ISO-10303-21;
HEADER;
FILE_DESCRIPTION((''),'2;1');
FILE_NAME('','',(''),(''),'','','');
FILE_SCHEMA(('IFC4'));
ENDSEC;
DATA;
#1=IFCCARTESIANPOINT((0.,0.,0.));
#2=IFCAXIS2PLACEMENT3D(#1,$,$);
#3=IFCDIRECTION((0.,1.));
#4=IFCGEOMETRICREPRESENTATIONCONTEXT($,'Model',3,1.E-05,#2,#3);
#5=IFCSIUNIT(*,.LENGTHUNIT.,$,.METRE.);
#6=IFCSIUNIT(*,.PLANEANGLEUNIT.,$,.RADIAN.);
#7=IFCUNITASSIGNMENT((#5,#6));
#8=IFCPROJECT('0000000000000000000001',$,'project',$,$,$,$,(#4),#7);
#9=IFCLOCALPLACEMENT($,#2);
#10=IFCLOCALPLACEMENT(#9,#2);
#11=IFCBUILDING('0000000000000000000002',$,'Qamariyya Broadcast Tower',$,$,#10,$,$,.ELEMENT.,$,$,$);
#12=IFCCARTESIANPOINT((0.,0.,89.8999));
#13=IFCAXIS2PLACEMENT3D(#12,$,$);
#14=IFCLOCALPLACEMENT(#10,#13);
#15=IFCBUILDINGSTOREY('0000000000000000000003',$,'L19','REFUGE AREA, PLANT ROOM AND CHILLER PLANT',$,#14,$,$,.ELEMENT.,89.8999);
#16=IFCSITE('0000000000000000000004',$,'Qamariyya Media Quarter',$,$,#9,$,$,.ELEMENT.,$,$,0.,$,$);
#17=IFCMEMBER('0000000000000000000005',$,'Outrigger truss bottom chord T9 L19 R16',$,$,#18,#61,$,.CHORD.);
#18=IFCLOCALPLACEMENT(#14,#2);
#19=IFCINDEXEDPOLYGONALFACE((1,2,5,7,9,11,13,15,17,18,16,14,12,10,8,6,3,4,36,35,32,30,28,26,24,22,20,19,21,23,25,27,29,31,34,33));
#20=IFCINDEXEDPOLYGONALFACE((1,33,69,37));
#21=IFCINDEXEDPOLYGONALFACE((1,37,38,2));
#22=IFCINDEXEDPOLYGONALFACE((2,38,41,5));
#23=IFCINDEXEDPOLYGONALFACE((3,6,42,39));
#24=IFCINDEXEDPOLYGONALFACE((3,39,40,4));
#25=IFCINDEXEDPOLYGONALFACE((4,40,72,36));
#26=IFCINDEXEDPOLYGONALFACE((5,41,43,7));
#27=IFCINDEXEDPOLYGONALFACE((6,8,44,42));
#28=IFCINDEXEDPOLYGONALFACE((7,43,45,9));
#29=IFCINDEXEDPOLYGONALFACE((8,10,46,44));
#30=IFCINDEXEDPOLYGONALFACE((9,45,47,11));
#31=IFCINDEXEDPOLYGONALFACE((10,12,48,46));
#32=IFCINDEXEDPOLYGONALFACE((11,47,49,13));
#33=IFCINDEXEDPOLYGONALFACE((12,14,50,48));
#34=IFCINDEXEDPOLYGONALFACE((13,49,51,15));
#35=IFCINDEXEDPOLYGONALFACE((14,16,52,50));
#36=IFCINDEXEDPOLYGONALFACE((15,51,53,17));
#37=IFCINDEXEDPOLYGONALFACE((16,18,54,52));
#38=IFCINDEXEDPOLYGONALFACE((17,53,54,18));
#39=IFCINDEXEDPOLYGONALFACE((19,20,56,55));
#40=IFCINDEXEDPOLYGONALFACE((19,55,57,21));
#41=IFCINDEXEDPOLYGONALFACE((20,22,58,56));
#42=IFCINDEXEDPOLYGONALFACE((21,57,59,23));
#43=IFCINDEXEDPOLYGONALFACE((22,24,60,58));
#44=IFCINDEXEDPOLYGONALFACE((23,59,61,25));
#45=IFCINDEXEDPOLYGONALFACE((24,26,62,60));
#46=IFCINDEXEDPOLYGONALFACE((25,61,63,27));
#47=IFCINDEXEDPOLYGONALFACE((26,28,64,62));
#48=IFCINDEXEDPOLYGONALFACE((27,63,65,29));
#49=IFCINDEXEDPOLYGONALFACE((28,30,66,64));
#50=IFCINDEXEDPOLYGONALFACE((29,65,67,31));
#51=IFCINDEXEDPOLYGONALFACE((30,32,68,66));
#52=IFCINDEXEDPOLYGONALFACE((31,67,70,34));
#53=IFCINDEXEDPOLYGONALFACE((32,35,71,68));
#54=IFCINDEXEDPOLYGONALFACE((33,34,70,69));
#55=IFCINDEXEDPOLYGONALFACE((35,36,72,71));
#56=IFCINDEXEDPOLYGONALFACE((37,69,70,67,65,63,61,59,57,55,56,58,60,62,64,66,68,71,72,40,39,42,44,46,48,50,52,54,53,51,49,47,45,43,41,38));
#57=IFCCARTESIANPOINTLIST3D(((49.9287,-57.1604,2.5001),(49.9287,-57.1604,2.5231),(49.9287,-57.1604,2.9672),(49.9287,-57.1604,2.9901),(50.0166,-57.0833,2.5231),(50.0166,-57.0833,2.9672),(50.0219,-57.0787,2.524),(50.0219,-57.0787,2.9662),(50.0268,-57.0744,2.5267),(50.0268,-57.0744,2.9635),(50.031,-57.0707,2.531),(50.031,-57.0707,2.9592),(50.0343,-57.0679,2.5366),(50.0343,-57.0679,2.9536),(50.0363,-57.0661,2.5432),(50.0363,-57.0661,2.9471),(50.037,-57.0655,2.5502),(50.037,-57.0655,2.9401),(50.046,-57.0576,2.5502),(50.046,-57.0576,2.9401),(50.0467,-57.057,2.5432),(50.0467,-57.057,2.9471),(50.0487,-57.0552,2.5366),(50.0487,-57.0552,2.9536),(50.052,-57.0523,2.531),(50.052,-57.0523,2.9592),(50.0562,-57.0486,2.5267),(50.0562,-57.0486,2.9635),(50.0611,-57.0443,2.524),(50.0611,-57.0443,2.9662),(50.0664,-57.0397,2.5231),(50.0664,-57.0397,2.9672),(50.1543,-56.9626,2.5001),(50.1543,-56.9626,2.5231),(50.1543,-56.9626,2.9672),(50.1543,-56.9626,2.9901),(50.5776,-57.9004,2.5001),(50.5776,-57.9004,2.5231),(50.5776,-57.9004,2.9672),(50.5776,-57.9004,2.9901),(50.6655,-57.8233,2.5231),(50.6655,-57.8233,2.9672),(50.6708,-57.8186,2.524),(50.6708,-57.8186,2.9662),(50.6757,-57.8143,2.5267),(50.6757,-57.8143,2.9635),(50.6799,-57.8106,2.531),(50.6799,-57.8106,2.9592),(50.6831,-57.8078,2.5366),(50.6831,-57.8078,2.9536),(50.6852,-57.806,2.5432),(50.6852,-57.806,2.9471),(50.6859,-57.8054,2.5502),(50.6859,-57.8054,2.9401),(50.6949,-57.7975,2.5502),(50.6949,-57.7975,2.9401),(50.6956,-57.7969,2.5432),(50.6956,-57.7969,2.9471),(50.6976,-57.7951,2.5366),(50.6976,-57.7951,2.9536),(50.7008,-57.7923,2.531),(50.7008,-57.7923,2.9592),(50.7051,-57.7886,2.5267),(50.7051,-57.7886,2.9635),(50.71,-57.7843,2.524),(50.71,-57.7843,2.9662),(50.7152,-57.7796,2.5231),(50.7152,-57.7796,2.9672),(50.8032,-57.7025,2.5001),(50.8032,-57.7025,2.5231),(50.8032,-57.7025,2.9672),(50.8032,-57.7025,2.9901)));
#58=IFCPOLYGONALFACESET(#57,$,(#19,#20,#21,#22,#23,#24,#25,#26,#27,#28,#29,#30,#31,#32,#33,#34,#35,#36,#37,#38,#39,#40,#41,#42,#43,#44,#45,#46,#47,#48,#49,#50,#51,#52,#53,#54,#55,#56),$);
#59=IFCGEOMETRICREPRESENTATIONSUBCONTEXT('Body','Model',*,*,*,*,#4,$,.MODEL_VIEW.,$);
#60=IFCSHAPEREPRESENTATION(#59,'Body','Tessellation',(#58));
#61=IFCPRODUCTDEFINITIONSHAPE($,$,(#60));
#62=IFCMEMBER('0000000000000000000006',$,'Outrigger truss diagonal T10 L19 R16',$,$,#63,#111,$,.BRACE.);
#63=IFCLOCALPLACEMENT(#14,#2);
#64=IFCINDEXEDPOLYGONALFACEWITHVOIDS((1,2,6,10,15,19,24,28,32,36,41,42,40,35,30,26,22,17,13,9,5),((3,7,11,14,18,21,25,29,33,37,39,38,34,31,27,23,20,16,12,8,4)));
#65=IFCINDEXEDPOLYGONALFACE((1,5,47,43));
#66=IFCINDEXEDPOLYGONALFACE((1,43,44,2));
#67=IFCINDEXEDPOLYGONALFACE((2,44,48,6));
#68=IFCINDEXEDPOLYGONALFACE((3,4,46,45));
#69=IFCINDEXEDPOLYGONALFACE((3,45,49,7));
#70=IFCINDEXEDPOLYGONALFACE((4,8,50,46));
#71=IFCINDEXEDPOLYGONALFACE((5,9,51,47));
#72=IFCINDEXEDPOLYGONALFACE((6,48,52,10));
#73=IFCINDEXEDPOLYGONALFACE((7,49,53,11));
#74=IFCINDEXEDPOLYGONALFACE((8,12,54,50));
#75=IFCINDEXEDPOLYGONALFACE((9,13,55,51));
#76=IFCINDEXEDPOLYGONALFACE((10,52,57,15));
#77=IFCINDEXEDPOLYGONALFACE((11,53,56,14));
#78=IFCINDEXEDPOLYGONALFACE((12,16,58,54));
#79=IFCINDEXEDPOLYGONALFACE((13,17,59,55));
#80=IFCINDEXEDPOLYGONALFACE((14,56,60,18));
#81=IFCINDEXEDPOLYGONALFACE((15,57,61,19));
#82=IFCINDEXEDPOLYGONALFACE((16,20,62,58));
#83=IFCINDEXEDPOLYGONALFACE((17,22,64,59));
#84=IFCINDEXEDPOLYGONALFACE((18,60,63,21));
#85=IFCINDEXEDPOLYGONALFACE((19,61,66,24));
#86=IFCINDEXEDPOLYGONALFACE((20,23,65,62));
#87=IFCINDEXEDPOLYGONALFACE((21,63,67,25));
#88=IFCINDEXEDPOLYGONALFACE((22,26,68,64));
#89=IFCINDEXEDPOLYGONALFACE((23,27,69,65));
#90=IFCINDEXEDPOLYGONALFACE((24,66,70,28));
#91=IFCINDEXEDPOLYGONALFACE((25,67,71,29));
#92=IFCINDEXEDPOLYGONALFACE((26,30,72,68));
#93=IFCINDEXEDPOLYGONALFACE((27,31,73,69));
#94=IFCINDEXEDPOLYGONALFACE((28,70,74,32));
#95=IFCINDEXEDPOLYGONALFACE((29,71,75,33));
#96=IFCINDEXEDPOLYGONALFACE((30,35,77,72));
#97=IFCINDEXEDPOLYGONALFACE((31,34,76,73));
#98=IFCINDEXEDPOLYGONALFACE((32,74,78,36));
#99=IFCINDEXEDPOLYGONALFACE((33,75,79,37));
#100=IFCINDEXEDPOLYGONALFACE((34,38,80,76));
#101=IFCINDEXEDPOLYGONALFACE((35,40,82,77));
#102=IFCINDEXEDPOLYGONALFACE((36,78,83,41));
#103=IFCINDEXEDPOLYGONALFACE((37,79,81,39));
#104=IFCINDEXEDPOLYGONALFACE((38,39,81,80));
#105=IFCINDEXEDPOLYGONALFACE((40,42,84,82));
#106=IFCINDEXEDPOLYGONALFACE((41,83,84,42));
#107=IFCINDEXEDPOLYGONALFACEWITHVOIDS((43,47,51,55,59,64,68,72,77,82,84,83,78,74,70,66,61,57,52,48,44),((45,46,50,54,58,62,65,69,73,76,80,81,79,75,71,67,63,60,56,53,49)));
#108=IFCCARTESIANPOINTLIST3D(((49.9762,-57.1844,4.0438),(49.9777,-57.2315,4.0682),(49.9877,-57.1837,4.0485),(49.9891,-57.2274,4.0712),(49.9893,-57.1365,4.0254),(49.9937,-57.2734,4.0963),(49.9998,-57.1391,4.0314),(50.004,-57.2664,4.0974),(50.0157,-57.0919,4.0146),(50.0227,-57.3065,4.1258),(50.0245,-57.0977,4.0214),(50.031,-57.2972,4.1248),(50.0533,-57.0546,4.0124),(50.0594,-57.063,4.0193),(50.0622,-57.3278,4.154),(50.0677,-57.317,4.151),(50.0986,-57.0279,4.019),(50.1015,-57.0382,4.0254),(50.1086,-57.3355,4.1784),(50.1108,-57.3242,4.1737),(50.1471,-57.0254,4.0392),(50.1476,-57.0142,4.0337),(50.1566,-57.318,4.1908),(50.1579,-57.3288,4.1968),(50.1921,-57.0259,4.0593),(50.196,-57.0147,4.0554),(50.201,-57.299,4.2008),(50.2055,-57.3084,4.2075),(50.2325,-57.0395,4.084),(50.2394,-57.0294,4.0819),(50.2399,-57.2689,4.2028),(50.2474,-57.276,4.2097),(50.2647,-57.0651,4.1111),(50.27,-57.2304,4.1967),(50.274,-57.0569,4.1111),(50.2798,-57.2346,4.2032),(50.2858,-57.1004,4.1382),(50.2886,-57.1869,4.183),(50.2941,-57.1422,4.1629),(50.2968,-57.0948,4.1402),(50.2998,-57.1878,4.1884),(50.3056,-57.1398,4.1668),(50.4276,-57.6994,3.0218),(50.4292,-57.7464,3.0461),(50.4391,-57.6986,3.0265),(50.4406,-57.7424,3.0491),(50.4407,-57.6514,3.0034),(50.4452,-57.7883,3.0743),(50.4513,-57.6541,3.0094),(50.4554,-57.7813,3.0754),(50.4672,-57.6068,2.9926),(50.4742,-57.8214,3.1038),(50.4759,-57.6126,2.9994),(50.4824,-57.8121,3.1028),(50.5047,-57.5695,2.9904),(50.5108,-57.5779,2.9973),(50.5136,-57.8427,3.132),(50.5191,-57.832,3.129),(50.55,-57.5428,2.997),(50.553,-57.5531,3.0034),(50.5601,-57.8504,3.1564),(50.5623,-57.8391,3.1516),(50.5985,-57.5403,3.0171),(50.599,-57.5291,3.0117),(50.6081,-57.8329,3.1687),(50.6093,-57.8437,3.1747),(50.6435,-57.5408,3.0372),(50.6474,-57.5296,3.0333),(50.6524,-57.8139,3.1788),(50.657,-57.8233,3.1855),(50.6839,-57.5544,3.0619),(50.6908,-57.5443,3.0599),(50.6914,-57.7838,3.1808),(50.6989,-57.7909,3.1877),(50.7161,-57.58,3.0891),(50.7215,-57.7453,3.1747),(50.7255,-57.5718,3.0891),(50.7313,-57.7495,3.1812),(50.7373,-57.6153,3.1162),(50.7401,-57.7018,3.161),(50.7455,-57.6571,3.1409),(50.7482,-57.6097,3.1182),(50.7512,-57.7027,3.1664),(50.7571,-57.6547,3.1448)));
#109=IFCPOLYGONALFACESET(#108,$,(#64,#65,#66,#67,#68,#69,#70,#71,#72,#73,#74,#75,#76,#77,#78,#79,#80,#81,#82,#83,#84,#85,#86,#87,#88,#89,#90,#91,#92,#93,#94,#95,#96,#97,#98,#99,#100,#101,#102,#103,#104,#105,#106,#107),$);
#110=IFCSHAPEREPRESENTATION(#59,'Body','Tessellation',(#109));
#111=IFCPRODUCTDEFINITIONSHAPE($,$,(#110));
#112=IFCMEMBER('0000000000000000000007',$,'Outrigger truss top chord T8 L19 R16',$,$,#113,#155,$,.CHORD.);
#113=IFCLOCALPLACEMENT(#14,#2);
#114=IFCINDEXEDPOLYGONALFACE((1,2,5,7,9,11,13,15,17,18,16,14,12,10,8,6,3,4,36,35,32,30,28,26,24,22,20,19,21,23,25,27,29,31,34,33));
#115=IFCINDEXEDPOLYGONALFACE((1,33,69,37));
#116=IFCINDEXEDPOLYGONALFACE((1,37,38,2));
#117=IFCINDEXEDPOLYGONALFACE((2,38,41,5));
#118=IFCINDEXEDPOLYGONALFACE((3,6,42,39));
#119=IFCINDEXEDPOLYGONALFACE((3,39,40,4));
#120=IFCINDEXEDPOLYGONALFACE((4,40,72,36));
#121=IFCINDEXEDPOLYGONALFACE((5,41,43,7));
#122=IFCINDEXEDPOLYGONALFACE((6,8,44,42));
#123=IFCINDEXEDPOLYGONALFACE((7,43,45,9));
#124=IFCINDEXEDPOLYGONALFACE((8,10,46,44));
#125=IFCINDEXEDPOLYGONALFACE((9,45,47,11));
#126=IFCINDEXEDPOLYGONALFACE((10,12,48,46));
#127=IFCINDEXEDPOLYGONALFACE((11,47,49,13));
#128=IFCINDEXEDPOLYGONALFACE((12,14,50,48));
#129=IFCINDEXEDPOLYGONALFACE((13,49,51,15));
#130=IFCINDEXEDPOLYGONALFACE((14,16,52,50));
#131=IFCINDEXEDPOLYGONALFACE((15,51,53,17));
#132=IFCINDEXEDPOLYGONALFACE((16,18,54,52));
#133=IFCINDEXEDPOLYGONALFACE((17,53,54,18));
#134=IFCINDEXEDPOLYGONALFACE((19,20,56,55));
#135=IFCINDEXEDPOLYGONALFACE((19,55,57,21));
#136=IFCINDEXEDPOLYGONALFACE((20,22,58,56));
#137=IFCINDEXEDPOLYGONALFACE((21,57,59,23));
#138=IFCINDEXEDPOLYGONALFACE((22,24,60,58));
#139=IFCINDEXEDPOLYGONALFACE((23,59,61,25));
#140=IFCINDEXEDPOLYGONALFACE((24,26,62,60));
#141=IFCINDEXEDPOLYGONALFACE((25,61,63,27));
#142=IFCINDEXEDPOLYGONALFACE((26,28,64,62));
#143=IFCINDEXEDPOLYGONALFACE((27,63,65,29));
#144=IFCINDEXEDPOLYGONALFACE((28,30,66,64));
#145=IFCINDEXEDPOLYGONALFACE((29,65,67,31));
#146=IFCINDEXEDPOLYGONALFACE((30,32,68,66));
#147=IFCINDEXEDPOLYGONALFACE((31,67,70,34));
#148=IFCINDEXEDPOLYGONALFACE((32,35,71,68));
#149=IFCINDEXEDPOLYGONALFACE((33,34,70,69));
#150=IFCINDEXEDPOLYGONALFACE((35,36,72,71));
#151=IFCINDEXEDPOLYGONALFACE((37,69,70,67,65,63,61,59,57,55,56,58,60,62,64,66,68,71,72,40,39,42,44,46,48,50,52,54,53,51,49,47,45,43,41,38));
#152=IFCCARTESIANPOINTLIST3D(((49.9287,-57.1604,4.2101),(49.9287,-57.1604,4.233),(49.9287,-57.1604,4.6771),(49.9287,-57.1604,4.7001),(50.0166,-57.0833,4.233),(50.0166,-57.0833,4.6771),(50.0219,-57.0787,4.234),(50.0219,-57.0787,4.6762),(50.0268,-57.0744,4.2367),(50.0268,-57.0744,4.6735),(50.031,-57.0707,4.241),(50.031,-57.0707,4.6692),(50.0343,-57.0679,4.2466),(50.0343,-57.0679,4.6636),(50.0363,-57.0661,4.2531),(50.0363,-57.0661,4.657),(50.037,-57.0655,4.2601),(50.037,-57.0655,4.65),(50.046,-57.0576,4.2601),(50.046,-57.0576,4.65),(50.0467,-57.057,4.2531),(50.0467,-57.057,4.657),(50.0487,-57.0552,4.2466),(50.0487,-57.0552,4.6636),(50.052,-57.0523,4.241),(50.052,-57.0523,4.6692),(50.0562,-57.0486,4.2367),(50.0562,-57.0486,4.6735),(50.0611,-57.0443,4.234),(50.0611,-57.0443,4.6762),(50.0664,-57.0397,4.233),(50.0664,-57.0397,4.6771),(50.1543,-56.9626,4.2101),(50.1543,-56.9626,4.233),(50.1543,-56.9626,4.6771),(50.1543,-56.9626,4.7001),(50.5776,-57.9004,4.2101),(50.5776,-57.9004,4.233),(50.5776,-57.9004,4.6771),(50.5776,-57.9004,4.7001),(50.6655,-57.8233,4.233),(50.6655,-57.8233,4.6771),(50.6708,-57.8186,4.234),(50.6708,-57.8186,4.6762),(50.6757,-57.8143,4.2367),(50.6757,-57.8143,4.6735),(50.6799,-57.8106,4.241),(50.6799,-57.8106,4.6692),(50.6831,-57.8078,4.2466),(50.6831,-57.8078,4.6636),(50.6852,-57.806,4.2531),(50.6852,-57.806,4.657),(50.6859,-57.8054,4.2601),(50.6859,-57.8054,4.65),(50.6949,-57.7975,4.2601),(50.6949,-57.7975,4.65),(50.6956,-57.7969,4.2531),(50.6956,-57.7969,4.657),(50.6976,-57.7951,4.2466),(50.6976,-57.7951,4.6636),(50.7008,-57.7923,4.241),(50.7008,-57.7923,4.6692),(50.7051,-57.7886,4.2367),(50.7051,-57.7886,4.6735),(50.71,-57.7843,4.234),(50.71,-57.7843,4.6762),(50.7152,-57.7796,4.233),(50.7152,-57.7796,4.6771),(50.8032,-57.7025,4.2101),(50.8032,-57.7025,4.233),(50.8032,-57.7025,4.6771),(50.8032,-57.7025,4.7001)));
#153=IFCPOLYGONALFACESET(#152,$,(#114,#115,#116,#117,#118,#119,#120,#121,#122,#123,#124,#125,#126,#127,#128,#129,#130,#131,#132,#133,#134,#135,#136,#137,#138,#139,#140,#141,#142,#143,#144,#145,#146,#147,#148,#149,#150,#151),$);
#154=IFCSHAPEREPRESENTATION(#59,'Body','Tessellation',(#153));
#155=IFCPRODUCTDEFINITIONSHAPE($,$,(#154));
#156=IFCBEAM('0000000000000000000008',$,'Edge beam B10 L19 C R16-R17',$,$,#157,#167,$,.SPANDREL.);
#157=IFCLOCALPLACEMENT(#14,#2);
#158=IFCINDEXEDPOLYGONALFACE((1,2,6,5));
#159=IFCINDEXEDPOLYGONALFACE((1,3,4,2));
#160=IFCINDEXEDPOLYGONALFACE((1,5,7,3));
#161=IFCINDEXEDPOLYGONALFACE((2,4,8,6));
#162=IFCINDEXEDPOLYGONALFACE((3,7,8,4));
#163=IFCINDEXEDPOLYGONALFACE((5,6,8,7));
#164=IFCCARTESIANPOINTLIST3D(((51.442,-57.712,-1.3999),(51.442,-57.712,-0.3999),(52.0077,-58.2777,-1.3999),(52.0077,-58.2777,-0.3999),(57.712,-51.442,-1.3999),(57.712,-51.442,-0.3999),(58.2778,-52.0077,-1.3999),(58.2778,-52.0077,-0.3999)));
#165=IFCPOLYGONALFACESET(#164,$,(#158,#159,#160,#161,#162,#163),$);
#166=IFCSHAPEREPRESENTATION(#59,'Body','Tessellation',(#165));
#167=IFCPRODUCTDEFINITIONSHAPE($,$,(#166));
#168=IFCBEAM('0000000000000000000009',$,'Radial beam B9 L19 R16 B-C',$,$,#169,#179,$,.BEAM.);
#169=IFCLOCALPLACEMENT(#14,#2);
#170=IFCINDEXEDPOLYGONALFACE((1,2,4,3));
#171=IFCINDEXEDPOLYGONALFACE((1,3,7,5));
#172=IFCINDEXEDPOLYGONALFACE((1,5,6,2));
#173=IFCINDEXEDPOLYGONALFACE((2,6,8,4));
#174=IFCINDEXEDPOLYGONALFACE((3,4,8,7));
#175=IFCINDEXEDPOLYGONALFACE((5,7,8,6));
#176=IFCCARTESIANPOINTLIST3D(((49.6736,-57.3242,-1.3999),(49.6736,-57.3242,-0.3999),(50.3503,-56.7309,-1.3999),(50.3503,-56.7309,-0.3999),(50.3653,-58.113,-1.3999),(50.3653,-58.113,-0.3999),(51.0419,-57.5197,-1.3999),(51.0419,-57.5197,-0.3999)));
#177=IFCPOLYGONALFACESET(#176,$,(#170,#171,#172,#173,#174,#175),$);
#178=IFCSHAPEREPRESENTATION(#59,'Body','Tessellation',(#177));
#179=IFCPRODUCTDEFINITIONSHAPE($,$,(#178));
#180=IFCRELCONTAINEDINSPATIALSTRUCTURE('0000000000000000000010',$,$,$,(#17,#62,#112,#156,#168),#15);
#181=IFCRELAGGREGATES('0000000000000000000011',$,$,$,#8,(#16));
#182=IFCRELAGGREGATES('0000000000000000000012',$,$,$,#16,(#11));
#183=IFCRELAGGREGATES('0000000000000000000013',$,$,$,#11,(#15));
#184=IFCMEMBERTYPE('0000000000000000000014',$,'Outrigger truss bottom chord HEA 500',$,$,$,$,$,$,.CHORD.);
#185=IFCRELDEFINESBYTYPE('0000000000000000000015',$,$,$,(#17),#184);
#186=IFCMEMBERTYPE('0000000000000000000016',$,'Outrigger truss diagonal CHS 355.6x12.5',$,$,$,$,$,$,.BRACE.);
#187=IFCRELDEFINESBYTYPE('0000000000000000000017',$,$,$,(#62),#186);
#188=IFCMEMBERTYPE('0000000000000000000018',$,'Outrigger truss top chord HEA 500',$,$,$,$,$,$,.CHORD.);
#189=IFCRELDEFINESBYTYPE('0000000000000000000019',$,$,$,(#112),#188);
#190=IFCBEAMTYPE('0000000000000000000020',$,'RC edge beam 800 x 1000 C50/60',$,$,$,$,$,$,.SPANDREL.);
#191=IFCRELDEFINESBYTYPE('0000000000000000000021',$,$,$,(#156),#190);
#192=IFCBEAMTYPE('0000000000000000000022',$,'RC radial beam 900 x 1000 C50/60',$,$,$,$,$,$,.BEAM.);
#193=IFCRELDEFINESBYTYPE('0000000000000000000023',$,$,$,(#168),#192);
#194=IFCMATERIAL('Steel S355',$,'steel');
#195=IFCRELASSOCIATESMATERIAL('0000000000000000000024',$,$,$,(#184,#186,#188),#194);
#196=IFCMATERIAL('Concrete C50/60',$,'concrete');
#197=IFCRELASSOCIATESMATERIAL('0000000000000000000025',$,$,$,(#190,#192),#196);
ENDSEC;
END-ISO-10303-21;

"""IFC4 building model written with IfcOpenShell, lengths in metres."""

from ifc_helpers import new_model, si_unit, direction, frame, origin, origin_2d, place, context, subcontext, project, spatial, rectangle, hollow_circle, i_section, extrude, material, material_profile, profile_set, type_object, element, save


model = new_model("IFC4")

# Units and contexts
model_context = context("Model", 3, precision=1e-05, world=origin(), true_north=direction((0.0, 1.0)))
body_context = subcontext(model_context, "Body", "Model", "MODEL_VIEW")
ifc_project = project(units=[si_unit("LENGTHUNIT", "METRE"), si_unit("PLANEANGLEUNIT", "RADIAN")], contexts=[model_context])

# Site, building, storey
site_placement = place(None, origin())
site = spatial("IfcSite", under=ifc_project, at=site_placement, Name="Qamariyya Media Quarter", CompositionType="ELEMENT", RefElevation=0.0)
building_placement = place(site_placement, origin())
building = spatial("IfcBuilding", under=site, at=building_placement, Name="Qamariyya Broadcast Tower", CompositionType="ELEMENT")
storey_placement = place(building_placement, frame((0.0, 0.0, 89.8999)))
storey = spatial("IfcBuildingStorey", under=building, at=storey_placement, Name="L19", Description="REFUGE AREA, PLANT ROOM AND CHILLER PLANT", CompositionType="ELEMENT", Elevation=89.8999)

# Members
ifc_material_1 = material(Name="Steel S355", Category="steel")
ifc_material_profile_1 = material_profile(ifc_material_1, i_section(OverallWidth=0.3, OverallDepth=0.49, WebThickness=0.012, FlangeThickness=0.0229, FilletRadius=0.0271, at=origin_2d()))
ifc_profile_set_1 = profile_set([ifc_material_profile_1], Name="Steel S355")
member_type_1 = type_object("IfcMemberType", Name="Outrigger truss bottom chord HEA 500", PredefinedType="CHORD", material=ifc_profile_set_1)
member_1_placement = place(storey_placement, frame((50.0415, -57.0615, 2.7451), z_axis=(0.65933, -0.751854, 0.0), x_axis=(0.751854, 0.65933, 0.0)))
element("IfcMember", 1, at=member_1_placement, inside=storey, type_object=member_type_1, Name="Outrigger truss bottom chord T9 L19 R16", PredefinedType="CHORD", context=body_context, shape_type="SweptSolid", body=[
    extrude(i_section(OverallWidth=0.3, OverallDepth=0.49, WebThickness=0.012, FlangeThickness=0.0229, FilletRadius=0.0271, at=origin_2d()), origin(), (0.0, 0.0, 1.0), 0.9841),
])
ifc_material_profile_2 = material_profile(ifc_material_1, hollow_circle(Radius=0.1777, WallThickness=0.0125, at=origin_2d()))
ifc_profile_set_2 = profile_set([ifc_material_profile_2], Name="Steel S355")
member_type_2 = type_object("IfcMemberType", Name="Outrigger truss diagonal CHS 355.6x12.5", PredefinedType="BRACE", material=ifc_profile_set_2)
member_2_placement = place(storey_placement, frame((50.1404, -57.1741, 4.1111), z_axis=(0.366954, -0.418554, -0.830757), x_axis=(0.751936, 0.659236, 0.0)))
element("IfcMember", 2, at=member_2_placement, inside=storey, type_object=member_type_2, Name="Outrigger truss diagonal T10 L19 R16", PredefinedType="BRACE", context=body_context, shape_type="SweptSolid", body=[
    extrude(hollow_circle(Radius=0.1777, WallThickness=0.0125, at=origin_2d()), origin(), (0.0, 0.0, 1.0), 1.2302),
])
ifc_material_profile_3 = material_profile(ifc_material_1, i_section(OverallWidth=0.3, OverallDepth=0.49, WebThickness=0.012, FlangeThickness=0.0229, FilletRadius=0.0271, at=origin_2d()))
ifc_profile_set_3 = profile_set([ifc_material_profile_3], Name="Steel S355")
member_type_3 = type_object("IfcMemberType", Name="Outrigger truss top chord HEA 500", PredefinedType="CHORD", material=ifc_profile_set_3)
member_3_placement = place(storey_placement, frame((50.0415, -57.0615, 4.4551), z_axis=(0.65933, -0.751854, 0.0), x_axis=(0.751854, 0.65933, 0.0)))
element("IfcMember", 3, at=member_3_placement, inside=storey, type_object=member_type_3, Name="Outrigger truss top chord T8 L19 R16", PredefinedType="CHORD", context=body_context, shape_type="SweptSolid", body=[
    extrude(i_section(OverallWidth=0.3, OverallDepth=0.49, WebThickness=0.012, FlangeThickness=0.0229, FilletRadius=0.0271, at=origin_2d()), origin(), (0.0, 0.0, 1.0), 0.9841),
])

# Beams
ifc_material_2 = material(Name="Concrete C50/60", Category="concrete")
ifc_material_profile_4 = material_profile(ifc_material_2, rectangle(XDim=0.8, YDim=1.0, at=origin_2d()))
ifc_profile_set_4 = profile_set([ifc_material_profile_4], Name="Concrete C50/60")
beam_type_1 = type_object("IfcBeamType", Name="RC edge beam 800 x 1000 C50/60", PredefinedType="SPANDREL", material=ifc_profile_set_4)
beam_1_placement = place(storey_placement, frame((51.7249, -57.9949, -0.8999), z_axis=(0.707107, 0.707107, 0.0), x_axis=(-0.707107, 0.707107, 0.0)))
element("IfcBeam", 4, at=beam_1_placement, inside=storey, type_object=beam_type_1, Name="Edge beam B10 L19 C R16-R17", PredefinedType="SPANDREL", context=body_context, shape_type="SweptSolid", body=[
    extrude(rectangle(XDim=0.8, YDim=1.0, at=origin_2d()), origin(), (0.0, 0.0, 1.0), 8.8672),
])
ifc_material_profile_5 = material_profile(ifc_material_2, rectangle(XDim=0.8999, YDim=1.0, at=origin_2d()))
ifc_profile_set_5 = profile_set([ifc_material_profile_5], Name="Concrete C50/60")
beam_type_2 = type_object("IfcBeamType", Name="RC radial beam 900 x 1000 C50/60", PredefinedType="BEAM", material=ifc_profile_set_5)
beam_2_placement = place(storey_placement, frame((50.012, -57.0276, -0.8999), z_axis=(0.659279, -0.751899, 0.0), x_axis=(0.751899, 0.659279, 0.0)))
element("IfcBeam", 5, at=beam_2_placement, inside=storey, type_object=beam_type_2, Name="Radial beam B9 L19 R16 B-C", PredefinedType="BEAM", context=body_context, shape_type="SweptSolid", body=[
    extrude(rectangle(XDim=0.8999, YDim=1.0, at=origin_2d()), origin(), (0.0, 0.0, 1.0), 1.0491),
])

save(model, "model.ifc")
